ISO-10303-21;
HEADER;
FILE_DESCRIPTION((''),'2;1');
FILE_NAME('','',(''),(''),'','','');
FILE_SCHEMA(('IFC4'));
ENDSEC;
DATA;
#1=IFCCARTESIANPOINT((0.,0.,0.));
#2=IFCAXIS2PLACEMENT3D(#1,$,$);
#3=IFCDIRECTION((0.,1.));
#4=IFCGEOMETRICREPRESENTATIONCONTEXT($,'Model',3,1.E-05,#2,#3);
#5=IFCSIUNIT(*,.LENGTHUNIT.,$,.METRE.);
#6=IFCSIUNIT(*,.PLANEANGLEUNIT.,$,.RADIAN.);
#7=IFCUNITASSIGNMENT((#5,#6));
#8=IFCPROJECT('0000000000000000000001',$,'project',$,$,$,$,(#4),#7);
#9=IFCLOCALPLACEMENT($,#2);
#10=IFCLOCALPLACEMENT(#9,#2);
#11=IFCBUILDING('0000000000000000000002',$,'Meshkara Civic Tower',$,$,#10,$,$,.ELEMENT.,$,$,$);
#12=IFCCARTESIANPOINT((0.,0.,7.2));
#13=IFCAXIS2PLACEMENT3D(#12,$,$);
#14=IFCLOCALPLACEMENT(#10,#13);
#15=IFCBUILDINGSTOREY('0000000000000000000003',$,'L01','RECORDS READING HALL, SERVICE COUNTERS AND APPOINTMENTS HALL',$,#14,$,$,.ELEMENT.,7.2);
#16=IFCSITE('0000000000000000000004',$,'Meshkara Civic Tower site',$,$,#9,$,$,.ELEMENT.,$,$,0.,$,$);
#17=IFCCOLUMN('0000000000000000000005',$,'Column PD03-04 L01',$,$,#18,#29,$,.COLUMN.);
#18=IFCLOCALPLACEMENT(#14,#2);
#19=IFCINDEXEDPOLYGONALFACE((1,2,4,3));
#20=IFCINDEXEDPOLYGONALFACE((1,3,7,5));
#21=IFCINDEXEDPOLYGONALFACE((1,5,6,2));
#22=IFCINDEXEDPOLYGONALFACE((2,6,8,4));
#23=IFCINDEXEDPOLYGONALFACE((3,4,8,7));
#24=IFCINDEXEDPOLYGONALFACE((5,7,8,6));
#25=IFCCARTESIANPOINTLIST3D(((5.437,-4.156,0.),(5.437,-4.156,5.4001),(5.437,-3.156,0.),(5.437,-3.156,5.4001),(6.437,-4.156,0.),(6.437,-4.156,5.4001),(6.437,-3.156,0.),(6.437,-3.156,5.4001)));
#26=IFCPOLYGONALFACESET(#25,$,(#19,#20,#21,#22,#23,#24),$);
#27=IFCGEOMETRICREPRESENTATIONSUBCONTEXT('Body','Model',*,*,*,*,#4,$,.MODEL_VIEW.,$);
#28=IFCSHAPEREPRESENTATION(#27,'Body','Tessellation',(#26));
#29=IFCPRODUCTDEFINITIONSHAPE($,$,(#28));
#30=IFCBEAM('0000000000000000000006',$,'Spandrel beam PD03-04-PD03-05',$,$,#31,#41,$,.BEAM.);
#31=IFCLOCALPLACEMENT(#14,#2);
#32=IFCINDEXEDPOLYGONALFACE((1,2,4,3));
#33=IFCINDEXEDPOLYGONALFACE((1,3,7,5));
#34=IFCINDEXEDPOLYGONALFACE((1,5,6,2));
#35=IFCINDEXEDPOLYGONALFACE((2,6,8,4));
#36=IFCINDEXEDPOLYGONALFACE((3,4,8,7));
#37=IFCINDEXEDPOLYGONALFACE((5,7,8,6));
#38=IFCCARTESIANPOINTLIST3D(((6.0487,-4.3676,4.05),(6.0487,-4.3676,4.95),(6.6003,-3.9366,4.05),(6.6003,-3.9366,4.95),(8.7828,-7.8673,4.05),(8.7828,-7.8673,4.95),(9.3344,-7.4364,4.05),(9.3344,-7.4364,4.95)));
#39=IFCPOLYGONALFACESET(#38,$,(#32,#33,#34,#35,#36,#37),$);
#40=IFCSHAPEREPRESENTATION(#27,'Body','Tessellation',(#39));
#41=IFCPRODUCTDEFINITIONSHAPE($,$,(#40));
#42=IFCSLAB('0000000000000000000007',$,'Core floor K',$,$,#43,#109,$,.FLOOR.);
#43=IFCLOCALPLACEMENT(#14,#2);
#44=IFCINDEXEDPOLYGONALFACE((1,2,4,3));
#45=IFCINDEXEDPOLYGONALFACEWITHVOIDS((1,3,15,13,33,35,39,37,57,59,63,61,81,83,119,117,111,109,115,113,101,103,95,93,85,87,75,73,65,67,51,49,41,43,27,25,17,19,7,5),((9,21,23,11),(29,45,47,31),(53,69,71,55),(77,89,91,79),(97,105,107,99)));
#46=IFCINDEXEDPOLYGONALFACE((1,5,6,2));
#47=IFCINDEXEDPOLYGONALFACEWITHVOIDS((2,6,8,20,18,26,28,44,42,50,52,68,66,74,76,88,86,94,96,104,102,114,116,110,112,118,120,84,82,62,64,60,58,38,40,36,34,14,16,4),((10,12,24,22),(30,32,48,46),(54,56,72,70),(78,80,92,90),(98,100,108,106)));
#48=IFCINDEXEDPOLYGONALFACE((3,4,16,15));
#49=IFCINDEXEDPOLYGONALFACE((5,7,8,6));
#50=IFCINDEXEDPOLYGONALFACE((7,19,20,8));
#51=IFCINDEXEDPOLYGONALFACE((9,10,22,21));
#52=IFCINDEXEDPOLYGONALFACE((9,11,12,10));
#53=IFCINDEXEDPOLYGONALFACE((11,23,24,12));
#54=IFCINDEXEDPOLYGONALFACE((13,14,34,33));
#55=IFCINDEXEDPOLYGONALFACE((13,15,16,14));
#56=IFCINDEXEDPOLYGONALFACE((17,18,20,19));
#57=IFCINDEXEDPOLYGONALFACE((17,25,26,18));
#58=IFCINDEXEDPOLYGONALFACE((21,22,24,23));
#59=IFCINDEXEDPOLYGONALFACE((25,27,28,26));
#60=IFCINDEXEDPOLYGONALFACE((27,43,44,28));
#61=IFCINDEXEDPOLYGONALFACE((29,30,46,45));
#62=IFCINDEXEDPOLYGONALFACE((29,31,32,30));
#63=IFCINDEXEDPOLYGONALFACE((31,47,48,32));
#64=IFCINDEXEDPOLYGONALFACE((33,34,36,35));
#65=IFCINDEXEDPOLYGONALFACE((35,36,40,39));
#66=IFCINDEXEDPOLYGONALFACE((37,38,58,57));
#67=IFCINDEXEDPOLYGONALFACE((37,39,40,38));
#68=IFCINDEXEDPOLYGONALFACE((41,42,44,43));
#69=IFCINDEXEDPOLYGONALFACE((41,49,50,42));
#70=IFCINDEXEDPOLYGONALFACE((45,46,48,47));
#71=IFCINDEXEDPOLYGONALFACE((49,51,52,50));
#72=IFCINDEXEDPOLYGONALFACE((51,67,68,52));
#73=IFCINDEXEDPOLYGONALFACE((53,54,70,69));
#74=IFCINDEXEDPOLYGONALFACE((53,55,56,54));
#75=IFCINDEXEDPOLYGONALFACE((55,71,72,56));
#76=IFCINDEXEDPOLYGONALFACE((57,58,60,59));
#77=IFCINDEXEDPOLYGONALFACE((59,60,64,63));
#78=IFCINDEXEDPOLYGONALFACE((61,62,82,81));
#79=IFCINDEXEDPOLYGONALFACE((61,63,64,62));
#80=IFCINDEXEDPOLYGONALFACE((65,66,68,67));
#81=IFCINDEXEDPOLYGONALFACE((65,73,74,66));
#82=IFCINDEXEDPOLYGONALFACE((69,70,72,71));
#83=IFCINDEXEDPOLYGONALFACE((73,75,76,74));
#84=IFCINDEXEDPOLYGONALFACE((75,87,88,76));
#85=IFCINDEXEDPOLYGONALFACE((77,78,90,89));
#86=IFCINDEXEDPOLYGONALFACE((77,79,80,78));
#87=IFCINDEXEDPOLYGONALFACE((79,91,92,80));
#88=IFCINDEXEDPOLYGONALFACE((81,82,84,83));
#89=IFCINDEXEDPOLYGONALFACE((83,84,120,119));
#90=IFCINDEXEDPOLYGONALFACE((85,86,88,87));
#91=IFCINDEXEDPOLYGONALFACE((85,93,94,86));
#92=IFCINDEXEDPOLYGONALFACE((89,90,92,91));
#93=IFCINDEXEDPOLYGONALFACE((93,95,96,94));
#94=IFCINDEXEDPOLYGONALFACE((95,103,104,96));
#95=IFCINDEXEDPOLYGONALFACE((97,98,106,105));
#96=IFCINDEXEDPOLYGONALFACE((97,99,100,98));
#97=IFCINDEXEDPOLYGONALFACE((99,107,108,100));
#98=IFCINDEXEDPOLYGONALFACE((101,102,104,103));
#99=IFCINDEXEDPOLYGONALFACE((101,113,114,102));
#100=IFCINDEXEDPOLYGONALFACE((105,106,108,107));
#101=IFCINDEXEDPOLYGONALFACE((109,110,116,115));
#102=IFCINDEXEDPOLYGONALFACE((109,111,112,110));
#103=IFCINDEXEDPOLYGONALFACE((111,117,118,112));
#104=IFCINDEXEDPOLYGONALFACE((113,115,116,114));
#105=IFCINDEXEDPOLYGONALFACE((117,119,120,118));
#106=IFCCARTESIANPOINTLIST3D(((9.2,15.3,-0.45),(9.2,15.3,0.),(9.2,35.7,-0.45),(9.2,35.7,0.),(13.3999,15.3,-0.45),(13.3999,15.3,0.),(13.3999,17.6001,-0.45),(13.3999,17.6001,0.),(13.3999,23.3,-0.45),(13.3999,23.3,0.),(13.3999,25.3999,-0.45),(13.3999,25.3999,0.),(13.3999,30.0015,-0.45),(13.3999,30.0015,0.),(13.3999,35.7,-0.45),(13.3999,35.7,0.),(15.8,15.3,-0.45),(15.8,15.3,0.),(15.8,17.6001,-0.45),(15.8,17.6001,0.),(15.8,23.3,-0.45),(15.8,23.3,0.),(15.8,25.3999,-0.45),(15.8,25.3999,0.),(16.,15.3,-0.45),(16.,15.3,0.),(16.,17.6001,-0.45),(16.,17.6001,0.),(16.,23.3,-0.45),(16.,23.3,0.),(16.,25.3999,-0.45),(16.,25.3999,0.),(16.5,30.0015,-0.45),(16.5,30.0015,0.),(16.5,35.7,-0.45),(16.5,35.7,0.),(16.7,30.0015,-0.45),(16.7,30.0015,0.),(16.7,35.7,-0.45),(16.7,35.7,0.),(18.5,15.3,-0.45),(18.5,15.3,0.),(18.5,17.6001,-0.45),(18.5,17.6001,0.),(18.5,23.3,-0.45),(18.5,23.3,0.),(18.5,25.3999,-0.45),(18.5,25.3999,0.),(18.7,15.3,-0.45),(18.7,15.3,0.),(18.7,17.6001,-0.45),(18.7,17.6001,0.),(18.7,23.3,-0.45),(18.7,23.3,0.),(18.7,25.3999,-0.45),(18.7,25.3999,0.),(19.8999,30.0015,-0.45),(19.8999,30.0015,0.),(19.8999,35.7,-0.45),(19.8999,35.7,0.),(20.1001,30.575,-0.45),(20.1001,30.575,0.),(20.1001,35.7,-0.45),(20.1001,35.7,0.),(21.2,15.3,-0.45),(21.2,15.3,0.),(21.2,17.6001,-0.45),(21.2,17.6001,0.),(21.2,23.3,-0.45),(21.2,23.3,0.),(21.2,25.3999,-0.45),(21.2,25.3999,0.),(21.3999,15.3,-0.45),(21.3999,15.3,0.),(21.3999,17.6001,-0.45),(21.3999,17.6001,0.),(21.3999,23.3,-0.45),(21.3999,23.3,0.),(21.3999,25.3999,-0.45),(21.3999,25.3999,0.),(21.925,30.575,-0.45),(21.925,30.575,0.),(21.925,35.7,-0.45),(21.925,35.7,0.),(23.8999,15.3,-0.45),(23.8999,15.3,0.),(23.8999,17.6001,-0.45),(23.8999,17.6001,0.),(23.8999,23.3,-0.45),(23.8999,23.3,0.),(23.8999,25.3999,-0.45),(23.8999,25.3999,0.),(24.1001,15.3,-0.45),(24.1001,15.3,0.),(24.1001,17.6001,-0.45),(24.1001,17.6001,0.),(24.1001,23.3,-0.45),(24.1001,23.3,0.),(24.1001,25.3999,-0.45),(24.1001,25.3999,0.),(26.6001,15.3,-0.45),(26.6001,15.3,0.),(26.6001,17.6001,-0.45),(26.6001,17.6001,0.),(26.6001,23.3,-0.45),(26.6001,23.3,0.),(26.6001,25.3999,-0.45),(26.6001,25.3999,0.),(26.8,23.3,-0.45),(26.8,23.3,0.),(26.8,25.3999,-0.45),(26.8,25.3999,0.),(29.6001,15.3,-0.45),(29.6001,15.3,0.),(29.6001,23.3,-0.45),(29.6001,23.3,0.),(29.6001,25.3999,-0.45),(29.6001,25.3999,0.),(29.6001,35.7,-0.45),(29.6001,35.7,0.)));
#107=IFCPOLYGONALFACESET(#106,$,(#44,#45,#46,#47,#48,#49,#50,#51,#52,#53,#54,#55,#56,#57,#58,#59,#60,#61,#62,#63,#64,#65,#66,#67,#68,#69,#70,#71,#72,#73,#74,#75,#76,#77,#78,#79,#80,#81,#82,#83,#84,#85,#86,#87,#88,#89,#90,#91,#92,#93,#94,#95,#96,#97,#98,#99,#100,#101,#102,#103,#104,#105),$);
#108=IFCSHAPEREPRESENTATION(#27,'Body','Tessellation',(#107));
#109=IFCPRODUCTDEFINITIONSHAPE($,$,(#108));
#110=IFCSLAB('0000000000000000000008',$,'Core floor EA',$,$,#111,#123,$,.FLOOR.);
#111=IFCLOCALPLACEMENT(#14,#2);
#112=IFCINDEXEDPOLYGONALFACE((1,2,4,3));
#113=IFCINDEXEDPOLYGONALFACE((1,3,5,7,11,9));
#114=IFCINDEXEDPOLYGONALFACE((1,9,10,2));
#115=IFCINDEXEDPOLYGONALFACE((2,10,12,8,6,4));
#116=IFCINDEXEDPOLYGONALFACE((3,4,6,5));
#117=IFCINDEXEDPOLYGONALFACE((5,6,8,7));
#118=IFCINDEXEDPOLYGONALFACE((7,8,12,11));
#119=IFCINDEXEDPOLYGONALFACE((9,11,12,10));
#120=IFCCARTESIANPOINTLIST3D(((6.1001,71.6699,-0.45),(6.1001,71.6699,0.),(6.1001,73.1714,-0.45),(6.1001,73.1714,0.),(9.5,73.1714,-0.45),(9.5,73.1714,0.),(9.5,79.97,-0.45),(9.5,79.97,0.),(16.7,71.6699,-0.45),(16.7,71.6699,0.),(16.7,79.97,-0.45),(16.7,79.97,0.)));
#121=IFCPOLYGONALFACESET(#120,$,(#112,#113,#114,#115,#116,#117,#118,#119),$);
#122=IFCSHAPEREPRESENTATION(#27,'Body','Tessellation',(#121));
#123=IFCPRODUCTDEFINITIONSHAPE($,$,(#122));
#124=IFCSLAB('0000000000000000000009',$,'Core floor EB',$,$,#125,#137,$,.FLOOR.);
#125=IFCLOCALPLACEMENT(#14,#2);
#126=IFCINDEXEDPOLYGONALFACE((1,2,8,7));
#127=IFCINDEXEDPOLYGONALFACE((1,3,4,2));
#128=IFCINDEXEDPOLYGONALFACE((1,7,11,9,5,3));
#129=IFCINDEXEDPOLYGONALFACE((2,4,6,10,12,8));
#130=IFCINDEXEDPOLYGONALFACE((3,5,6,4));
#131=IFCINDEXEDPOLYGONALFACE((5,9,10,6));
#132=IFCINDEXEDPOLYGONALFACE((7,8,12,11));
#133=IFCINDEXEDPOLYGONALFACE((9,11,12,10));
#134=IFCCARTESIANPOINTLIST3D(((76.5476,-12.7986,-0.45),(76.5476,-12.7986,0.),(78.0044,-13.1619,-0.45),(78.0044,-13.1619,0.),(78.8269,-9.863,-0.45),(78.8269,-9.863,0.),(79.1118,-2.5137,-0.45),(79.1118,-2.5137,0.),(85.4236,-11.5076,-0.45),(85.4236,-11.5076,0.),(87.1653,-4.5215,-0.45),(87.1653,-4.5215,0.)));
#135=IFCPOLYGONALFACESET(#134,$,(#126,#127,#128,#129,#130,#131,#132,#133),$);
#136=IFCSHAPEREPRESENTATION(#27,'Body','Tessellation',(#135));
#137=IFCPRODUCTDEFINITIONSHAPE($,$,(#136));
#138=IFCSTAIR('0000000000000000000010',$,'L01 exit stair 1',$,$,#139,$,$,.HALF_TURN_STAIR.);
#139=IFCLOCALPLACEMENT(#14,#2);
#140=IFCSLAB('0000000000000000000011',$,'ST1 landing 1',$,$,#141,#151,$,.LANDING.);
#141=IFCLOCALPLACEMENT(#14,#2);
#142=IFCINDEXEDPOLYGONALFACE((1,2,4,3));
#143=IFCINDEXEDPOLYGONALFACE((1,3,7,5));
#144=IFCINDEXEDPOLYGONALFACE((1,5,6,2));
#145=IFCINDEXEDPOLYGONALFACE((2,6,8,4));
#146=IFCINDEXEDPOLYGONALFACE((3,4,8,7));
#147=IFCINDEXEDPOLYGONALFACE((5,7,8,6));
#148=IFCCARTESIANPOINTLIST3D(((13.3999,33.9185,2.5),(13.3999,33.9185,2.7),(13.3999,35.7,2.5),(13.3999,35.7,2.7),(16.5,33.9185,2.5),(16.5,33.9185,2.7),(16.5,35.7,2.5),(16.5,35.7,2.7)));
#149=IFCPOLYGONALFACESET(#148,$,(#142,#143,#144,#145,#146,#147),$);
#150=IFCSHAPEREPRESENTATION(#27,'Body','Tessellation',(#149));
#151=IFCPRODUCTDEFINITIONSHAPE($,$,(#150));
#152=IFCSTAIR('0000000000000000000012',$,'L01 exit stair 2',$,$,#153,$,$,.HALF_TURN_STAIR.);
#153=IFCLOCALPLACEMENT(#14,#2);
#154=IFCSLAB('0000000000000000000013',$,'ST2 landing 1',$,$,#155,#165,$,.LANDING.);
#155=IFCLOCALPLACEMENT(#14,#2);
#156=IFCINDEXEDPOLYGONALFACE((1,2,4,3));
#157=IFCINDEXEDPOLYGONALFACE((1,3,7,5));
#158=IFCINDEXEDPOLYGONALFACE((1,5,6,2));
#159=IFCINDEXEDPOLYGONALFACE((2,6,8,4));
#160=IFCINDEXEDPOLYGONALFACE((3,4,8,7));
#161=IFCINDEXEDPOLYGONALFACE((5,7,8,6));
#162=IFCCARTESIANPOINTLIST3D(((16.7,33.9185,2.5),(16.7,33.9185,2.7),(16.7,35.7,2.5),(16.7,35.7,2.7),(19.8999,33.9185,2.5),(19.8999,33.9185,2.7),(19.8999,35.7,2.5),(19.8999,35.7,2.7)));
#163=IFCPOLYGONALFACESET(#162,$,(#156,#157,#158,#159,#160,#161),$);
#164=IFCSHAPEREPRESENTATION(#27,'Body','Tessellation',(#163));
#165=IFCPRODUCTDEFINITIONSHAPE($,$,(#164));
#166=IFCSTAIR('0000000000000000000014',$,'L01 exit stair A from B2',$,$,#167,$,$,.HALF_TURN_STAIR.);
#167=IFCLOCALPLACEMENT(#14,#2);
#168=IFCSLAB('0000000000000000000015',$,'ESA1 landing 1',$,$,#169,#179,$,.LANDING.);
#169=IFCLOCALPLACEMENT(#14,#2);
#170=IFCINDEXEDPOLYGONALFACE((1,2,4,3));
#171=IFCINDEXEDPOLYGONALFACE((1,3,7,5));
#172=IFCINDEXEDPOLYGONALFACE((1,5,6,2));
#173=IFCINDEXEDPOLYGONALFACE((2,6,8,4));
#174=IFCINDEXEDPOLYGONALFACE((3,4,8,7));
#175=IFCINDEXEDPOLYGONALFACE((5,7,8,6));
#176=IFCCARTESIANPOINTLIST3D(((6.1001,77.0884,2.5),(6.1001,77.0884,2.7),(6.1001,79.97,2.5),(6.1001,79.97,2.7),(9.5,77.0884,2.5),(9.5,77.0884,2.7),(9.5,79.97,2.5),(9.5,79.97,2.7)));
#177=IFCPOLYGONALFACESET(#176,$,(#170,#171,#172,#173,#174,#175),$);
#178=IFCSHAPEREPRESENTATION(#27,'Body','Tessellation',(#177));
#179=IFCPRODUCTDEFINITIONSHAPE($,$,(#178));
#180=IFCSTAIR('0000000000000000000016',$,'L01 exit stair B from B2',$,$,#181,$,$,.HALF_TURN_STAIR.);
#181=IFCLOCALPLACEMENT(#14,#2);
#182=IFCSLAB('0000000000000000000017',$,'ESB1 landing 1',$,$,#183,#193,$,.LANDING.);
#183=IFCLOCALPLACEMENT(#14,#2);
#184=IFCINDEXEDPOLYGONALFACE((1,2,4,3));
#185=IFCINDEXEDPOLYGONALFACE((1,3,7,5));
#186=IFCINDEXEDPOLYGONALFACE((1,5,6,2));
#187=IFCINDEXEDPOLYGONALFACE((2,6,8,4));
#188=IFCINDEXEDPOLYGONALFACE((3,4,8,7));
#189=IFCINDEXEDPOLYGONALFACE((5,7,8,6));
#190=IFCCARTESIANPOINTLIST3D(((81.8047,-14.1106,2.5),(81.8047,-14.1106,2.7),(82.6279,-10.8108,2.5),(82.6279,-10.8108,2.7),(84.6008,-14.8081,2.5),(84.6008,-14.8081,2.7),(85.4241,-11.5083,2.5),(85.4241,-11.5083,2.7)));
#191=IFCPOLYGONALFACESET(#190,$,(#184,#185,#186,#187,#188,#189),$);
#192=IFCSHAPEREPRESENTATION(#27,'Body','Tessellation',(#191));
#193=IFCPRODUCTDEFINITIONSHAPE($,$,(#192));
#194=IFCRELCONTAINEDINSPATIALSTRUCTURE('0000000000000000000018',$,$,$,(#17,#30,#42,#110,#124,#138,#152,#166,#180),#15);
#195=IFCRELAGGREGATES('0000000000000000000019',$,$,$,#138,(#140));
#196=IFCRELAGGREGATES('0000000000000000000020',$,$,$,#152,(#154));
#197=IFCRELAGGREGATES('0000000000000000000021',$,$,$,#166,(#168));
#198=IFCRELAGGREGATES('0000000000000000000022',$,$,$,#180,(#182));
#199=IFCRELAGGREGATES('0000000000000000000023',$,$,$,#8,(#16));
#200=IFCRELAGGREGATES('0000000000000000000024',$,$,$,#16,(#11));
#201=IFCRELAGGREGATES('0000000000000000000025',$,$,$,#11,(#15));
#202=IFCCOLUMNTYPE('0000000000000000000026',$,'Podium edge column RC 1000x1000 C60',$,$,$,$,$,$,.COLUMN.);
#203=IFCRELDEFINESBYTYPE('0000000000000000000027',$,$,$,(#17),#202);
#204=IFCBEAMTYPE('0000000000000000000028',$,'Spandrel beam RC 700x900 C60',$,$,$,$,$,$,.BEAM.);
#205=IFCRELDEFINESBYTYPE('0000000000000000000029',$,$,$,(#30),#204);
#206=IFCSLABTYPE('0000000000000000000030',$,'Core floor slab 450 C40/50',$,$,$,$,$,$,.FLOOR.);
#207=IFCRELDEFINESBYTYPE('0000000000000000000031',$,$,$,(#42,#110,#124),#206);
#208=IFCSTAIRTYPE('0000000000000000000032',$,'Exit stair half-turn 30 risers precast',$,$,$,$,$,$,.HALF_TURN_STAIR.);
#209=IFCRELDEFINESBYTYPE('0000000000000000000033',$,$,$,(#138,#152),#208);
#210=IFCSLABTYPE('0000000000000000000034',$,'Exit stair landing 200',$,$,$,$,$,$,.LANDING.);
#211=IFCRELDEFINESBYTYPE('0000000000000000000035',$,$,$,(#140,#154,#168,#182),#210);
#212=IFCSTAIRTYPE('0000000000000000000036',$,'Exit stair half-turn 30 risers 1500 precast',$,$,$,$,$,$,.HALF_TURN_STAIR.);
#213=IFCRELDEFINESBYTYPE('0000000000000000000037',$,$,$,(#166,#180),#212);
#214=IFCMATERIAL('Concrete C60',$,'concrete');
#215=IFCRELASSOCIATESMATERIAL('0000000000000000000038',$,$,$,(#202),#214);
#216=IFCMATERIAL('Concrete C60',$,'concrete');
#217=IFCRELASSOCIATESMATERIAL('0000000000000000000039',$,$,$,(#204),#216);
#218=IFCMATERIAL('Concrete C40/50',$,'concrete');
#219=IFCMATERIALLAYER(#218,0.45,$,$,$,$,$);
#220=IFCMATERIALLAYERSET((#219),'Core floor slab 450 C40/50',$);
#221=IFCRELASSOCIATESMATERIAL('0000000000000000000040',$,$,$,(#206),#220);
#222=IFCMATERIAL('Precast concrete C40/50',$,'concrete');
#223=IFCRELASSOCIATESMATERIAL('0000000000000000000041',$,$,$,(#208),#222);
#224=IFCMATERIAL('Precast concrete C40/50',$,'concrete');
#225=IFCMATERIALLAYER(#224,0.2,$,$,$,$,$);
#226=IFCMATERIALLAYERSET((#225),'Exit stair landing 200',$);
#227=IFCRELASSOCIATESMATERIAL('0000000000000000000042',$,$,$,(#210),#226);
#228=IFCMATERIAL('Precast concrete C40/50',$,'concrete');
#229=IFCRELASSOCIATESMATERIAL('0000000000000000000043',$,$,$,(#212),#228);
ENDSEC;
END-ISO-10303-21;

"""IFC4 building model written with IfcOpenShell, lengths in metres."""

from ifc_helpers import new_model, si_unit, direction, frame, origin, origin_2d, place, context, subcontext, project, spatial, polyline, rectangle, outline, extrude, material, layer, layer_set, material_profile, profile_set, type_object, element, aggregate, save


model = new_model("IFC4")

# Units and contexts
model_context = context("Model", 3, precision=1e-05, world=origin(), true_north=direction((0.0, 1.0)))
body_context = subcontext(model_context, "Body", "Model", "MODEL_VIEW")
ifc_project = project(units=[si_unit("LENGTHUNIT", "METRE"), si_unit("PLANEANGLEUNIT", "RADIAN")], contexts=[model_context])

# Site, building, storey
site_placement = place(None, origin())
site = spatial("IfcSite", under=ifc_project, at=site_placement, Name="Meshkara Civic Tower site", CompositionType="ELEMENT", RefElevation=0.0)
building_placement = place(site_placement, origin())
building = spatial("IfcBuilding", under=site, at=building_placement, Name="Meshkara Civic Tower", CompositionType="ELEMENT")
storey_placement = place(building_placement, frame((0.0, 0.0, 7.2)))
storey = spatial("IfcBuildingStorey", under=building, at=storey_placement, Name="L01", Description="RECORDS READING HALL, SERVICE COUNTERS AND APPOINTMENTS HALL", CompositionType="ELEMENT", Elevation=7.2)

# Column
ifc_material_1 = material(Name="Concrete C60", Category="concrete")
ifc_material_profile_1 = material_profile(ifc_material_1, rectangle(XDim=1.0, YDim=1.0, at=origin_2d()))
ifc_profile_set_1 = profile_set([ifc_material_profile_1], Name="Concrete C60")
column_type = type_object("IfcColumnType", Name="Podium edge column RC 1000x1000 C60", PredefinedType="COLUMN", material=ifc_profile_set_1)
column_placement = place(storey_placement, frame((5.937, -3.656, 0.0), z_axis=(0.0, 0.0, 1.0), x_axis=(1.0, 0.0, 0.0)))
element("IfcColumn", 1, at=column_placement, inside=storey, type_object=column_type, Name="Column PD03-04 L01", PredefinedType="COLUMN", context=body_context, shape_type="SweptSolid", body=[
    extrude(rectangle(XDim=1.0, YDim=1.0, at=origin_2d()), origin(), (0.0, 0.0, 1.0), 5.4001),
])

# Beam
ifc_material_2 = material(Name="Concrete C60", Category="concrete")
ifc_material_profile_2 = material_profile(ifc_material_2, rectangle(XDim=0.7, YDim=0.8999, at=origin_2d()))
ifc_profile_set_2 = profile_set([ifc_material_profile_2], Name="Concrete C60")
beam_type = type_object("IfcBeamType", Name="Spandrel beam RC 700x900 C60", PredefinedType="BEAM", material=ifc_profile_set_2)
beam_placement = place(storey_placement, frame((6.3245, -4.1521, 4.5), z_axis=(0.615637, -0.78803, 0.0), x_axis=(0.78803, 0.615637, 0.0)))
element("IfcBeam", 2, at=beam_placement, inside=storey, type_object=beam_type, Name="Spandrel beam PD03-04-PD03-05", PredefinedType="BEAM", context=body_context, shape_type="SweptSolid", body=[
    extrude(rectangle(XDim=0.7, YDim=0.8999, at=origin_2d()), origin(), (0.0, 0.0, 1.0), 4.4412),
])

# Slabs
ifc_material_3 = material(Name="Concrete C40/50", Category="concrete")
ifc_layer_1 = layer(ifc_material_3, 0.45)
ifc_layer_set_1 = layer_set([ifc_layer_1], Name="Core floor slab 450 C40/50")
slab_type_1 = type_object("IfcSlabType", Name="Core floor slab 450 C40/50", PredefinedType="FLOOR", material=ifc_layer_set_1)
slab_1_placement = place(storey_placement, frame((0.0, 0.0, -0.45)))
element("IfcSlab", 3, at=slab_1_placement, inside=storey, type_object=slab_type_1, Name="Core floor K", PredefinedType="FLOOR", context=body_context, shape_type="SweptSolid", body=[
    extrude(outline(polyline([(9.2, 35.7), (13.3999, 35.7), (13.3999, 30.0015), (16.5, 30.0015), (16.5, 35.7), (16.7, 35.7), (16.7, 30.0015), (19.8999, 30.0015), (19.8999, 35.7), (20.1001, 35.7), (20.1001, 30.575), (21.925, 30.575), (21.925, 35.7), (29.6001, 35.7), (29.6001, 25.3999), (26.8, 25.3999), (26.8, 23.3), (29.6001, 23.3), (29.6001, 15.3), (26.6001, 15.3), (26.6001, 17.6001), (24.1001, 17.6001), (24.1001, 15.3), (23.8999, 15.3), (23.8999, 17.6001), (21.3999, 17.6001), (21.3999, 15.3), (21.2, 15.3), (21.2, 17.6001), (18.7, 17.6001), (18.7, 15.3), (18.5, 15.3), (18.5, 17.6001), (16.0, 17.6001), (16.0, 15.3), (15.8, 15.3), (15.8, 17.6001), (13.3999, 17.6001), (13.3999, 15.3), (9.2, 15.3), (9.2, 35.7)]), holes=[polyline([(13.3999, 25.3999), (13.3999, 23.3), (15.8, 23.3), (15.8, 25.3999), (13.3999, 25.3999)]), polyline([(18.5, 23.3), (18.5, 25.3999), (16.0, 25.3999), (16.0, 23.3), (18.5, 23.3)]), polyline([(18.7, 25.3999), (18.7, 23.3), (21.2, 23.3), (21.2, 25.3999), (18.7, 25.3999)]), polyline([(23.8999, 23.3), (23.8999, 25.3999), (21.3999, 25.3999), (21.3999, 23.3), (23.8999, 23.3)]), polyline([(26.6001, 23.3), (26.6001, 25.3999), (24.1001, 25.3999), (24.1001, 23.3), (26.6001, 23.3)])]), origin(), (0.0, 0.0, 1.0), 0.45),
])
slab_2_placement = place(storey_placement, frame((0.0, 0.0, -0.45)))
element("IfcSlab", 4, at=slab_2_placement, inside=storey, type_object=slab_type_1, Name="Core floor EA", PredefinedType="FLOOR", context=body_context, shape_type="SweptSolid", body=[
    extrude(outline(polyline([(16.7, 71.6699), (16.7, 79.97), (9.5, 79.97), (9.5, 73.1714), (6.1001, 73.1714), (6.1001, 71.6699), (16.7, 71.6699)])), origin(), (0.0, 0.0, 1.0), 0.45),
])
slab_3_placement = place(storey_placement, frame((0.0, 0.0, -0.45)))
element("IfcSlab", 5, at=slab_3_placement, inside=storey, type_object=slab_type_1, Name="Core floor EB", PredefinedType="FLOOR", context=body_context, shape_type="SweptSolid", body=[
    extrude(outline(polyline([(79.1118, -2.5137), (87.1653, -4.5215), (85.4236, -11.5076), (78.8269, -9.863), (78.0044, -13.1619), (76.5476, -12.7986), (79.1118, -2.5137)])), origin(), (0.0, 0.0, 1.0), 0.45),
])

# Stairs, slabs
ifc_material_4 = material(Name="Precast concrete C40/50", Category="concrete")
stair_type_1 = type_object("IfcStairType", Name="Exit stair half-turn 30 risers precast", PredefinedType="HALF_TURN_STAIR", material=ifc_material_4)
stair_1_placement = place(storey_placement, origin())
stair_1 = element("IfcStair", 6, at=stair_1_placement, inside=storey, type_object=stair_type_1, Name="L01 exit stair 1", PredefinedType="HALF_TURN_STAIR")
ifc_material_5 = material(Name="Precast concrete C40/50", Category="concrete")
ifc_layer_2 = layer(ifc_material_5, 0.2)
ifc_layer_set_2 = layer_set([ifc_layer_2], Name="Exit stair landing 200")
slab_type_2 = type_object("IfcSlabType", Name="Exit stair landing 200", PredefinedType="LANDING", material=ifc_layer_set_2)
slab_4_placement = place(storey_placement, frame((0.0, 0.0, 2.5)))
slab_4 = element("IfcSlab", 7, at=slab_4_placement, type_object=slab_type_2, Name="ST1 landing 1", PredefinedType="LANDING", context=body_context, shape_type="SweptSolid", body=[
    extrude(outline(polyline([(16.5, 33.9185), (16.5, 35.7), (13.3999, 35.7), (13.3999, 33.9185), (16.5, 33.9185)])), origin(), (0.0, 0.0, 1.0), 0.2),
])
aggregate(stair_1, [slab_4])
stair_2_placement = place(storey_placement, origin())
stair_2 = element("IfcStair", 8, at=stair_2_placement, inside=storey, type_object=stair_type_1, Name="L01 exit stair 2", PredefinedType="HALF_TURN_STAIR")
slab_5_placement = place(storey_placement, frame((0.0, 0.0, 2.5)))
slab_5 = element("IfcSlab", 9, at=slab_5_placement, type_object=slab_type_2, Name="ST2 landing 1", PredefinedType="LANDING", context=body_context, shape_type="SweptSolid", body=[
    extrude(outline(polyline([(19.8999, 33.9185), (19.8999, 35.7), (16.7, 35.7), (16.7, 33.9185), (19.8999, 33.9185)])), origin(), (0.0, 0.0, 1.0), 0.2),
])
aggregate(stair_2, [slab_5])
ifc_material_6 = material(Name="Precast concrete C40/50", Category="concrete")
stair_type_2 = type_object("IfcStairType", Name="Exit stair half-turn 30 risers 1500 precast", PredefinedType="HALF_TURN_STAIR", material=ifc_material_6)
stair_3_placement = place(storey_placement, origin())
stair_3 = element("IfcStair", 10, at=stair_3_placement, inside=storey, type_object=stair_type_2, Name="L01 exit stair A from B2", PredefinedType="HALF_TURN_STAIR")
slab_6_placement = place(storey_placement, frame((0.0, 0.0, 2.5)))
slab_6 = element("IfcSlab", 11, at=slab_6_placement, type_object=slab_type_2, Name="ESA1 landing 1", PredefinedType="LANDING", context=body_context, shape_type="SweptSolid", body=[
    extrude(outline(polyline([(9.5, 77.0884), (9.5, 79.97), (6.1001, 79.97), (6.1001, 77.0884), (9.5, 77.0884)])), origin(), (0.0, 0.0, 1.0), 0.2),
])
aggregate(stair_3, [slab_6])
stair_4_placement = place(storey_placement, origin())
stair_4 = element("IfcStair", 12, at=stair_4_placement, inside=storey, type_object=stair_type_2, Name="L01 exit stair B from B2", PredefinedType="HALF_TURN_STAIR")
slab_7_placement = place(storey_placement, frame((0.0, 0.0, 2.5)))
slab_7 = element("IfcSlab", 13, at=slab_7_placement, type_object=slab_type_2, Name="ESB1 landing 1", PredefinedType="LANDING", context=body_context, shape_type="SweptSolid", body=[
    extrude(outline(polyline([(81.8047, -14.1106), (84.6008, -14.8081), (85.4241, -11.5083), (82.6279, -10.8108), (81.8047, -14.1106)])), origin(), (0.0, 0.0, 1.0), 0.2),
])
aggregate(stair_4, [slab_7])

save(model, "model.ifc")
